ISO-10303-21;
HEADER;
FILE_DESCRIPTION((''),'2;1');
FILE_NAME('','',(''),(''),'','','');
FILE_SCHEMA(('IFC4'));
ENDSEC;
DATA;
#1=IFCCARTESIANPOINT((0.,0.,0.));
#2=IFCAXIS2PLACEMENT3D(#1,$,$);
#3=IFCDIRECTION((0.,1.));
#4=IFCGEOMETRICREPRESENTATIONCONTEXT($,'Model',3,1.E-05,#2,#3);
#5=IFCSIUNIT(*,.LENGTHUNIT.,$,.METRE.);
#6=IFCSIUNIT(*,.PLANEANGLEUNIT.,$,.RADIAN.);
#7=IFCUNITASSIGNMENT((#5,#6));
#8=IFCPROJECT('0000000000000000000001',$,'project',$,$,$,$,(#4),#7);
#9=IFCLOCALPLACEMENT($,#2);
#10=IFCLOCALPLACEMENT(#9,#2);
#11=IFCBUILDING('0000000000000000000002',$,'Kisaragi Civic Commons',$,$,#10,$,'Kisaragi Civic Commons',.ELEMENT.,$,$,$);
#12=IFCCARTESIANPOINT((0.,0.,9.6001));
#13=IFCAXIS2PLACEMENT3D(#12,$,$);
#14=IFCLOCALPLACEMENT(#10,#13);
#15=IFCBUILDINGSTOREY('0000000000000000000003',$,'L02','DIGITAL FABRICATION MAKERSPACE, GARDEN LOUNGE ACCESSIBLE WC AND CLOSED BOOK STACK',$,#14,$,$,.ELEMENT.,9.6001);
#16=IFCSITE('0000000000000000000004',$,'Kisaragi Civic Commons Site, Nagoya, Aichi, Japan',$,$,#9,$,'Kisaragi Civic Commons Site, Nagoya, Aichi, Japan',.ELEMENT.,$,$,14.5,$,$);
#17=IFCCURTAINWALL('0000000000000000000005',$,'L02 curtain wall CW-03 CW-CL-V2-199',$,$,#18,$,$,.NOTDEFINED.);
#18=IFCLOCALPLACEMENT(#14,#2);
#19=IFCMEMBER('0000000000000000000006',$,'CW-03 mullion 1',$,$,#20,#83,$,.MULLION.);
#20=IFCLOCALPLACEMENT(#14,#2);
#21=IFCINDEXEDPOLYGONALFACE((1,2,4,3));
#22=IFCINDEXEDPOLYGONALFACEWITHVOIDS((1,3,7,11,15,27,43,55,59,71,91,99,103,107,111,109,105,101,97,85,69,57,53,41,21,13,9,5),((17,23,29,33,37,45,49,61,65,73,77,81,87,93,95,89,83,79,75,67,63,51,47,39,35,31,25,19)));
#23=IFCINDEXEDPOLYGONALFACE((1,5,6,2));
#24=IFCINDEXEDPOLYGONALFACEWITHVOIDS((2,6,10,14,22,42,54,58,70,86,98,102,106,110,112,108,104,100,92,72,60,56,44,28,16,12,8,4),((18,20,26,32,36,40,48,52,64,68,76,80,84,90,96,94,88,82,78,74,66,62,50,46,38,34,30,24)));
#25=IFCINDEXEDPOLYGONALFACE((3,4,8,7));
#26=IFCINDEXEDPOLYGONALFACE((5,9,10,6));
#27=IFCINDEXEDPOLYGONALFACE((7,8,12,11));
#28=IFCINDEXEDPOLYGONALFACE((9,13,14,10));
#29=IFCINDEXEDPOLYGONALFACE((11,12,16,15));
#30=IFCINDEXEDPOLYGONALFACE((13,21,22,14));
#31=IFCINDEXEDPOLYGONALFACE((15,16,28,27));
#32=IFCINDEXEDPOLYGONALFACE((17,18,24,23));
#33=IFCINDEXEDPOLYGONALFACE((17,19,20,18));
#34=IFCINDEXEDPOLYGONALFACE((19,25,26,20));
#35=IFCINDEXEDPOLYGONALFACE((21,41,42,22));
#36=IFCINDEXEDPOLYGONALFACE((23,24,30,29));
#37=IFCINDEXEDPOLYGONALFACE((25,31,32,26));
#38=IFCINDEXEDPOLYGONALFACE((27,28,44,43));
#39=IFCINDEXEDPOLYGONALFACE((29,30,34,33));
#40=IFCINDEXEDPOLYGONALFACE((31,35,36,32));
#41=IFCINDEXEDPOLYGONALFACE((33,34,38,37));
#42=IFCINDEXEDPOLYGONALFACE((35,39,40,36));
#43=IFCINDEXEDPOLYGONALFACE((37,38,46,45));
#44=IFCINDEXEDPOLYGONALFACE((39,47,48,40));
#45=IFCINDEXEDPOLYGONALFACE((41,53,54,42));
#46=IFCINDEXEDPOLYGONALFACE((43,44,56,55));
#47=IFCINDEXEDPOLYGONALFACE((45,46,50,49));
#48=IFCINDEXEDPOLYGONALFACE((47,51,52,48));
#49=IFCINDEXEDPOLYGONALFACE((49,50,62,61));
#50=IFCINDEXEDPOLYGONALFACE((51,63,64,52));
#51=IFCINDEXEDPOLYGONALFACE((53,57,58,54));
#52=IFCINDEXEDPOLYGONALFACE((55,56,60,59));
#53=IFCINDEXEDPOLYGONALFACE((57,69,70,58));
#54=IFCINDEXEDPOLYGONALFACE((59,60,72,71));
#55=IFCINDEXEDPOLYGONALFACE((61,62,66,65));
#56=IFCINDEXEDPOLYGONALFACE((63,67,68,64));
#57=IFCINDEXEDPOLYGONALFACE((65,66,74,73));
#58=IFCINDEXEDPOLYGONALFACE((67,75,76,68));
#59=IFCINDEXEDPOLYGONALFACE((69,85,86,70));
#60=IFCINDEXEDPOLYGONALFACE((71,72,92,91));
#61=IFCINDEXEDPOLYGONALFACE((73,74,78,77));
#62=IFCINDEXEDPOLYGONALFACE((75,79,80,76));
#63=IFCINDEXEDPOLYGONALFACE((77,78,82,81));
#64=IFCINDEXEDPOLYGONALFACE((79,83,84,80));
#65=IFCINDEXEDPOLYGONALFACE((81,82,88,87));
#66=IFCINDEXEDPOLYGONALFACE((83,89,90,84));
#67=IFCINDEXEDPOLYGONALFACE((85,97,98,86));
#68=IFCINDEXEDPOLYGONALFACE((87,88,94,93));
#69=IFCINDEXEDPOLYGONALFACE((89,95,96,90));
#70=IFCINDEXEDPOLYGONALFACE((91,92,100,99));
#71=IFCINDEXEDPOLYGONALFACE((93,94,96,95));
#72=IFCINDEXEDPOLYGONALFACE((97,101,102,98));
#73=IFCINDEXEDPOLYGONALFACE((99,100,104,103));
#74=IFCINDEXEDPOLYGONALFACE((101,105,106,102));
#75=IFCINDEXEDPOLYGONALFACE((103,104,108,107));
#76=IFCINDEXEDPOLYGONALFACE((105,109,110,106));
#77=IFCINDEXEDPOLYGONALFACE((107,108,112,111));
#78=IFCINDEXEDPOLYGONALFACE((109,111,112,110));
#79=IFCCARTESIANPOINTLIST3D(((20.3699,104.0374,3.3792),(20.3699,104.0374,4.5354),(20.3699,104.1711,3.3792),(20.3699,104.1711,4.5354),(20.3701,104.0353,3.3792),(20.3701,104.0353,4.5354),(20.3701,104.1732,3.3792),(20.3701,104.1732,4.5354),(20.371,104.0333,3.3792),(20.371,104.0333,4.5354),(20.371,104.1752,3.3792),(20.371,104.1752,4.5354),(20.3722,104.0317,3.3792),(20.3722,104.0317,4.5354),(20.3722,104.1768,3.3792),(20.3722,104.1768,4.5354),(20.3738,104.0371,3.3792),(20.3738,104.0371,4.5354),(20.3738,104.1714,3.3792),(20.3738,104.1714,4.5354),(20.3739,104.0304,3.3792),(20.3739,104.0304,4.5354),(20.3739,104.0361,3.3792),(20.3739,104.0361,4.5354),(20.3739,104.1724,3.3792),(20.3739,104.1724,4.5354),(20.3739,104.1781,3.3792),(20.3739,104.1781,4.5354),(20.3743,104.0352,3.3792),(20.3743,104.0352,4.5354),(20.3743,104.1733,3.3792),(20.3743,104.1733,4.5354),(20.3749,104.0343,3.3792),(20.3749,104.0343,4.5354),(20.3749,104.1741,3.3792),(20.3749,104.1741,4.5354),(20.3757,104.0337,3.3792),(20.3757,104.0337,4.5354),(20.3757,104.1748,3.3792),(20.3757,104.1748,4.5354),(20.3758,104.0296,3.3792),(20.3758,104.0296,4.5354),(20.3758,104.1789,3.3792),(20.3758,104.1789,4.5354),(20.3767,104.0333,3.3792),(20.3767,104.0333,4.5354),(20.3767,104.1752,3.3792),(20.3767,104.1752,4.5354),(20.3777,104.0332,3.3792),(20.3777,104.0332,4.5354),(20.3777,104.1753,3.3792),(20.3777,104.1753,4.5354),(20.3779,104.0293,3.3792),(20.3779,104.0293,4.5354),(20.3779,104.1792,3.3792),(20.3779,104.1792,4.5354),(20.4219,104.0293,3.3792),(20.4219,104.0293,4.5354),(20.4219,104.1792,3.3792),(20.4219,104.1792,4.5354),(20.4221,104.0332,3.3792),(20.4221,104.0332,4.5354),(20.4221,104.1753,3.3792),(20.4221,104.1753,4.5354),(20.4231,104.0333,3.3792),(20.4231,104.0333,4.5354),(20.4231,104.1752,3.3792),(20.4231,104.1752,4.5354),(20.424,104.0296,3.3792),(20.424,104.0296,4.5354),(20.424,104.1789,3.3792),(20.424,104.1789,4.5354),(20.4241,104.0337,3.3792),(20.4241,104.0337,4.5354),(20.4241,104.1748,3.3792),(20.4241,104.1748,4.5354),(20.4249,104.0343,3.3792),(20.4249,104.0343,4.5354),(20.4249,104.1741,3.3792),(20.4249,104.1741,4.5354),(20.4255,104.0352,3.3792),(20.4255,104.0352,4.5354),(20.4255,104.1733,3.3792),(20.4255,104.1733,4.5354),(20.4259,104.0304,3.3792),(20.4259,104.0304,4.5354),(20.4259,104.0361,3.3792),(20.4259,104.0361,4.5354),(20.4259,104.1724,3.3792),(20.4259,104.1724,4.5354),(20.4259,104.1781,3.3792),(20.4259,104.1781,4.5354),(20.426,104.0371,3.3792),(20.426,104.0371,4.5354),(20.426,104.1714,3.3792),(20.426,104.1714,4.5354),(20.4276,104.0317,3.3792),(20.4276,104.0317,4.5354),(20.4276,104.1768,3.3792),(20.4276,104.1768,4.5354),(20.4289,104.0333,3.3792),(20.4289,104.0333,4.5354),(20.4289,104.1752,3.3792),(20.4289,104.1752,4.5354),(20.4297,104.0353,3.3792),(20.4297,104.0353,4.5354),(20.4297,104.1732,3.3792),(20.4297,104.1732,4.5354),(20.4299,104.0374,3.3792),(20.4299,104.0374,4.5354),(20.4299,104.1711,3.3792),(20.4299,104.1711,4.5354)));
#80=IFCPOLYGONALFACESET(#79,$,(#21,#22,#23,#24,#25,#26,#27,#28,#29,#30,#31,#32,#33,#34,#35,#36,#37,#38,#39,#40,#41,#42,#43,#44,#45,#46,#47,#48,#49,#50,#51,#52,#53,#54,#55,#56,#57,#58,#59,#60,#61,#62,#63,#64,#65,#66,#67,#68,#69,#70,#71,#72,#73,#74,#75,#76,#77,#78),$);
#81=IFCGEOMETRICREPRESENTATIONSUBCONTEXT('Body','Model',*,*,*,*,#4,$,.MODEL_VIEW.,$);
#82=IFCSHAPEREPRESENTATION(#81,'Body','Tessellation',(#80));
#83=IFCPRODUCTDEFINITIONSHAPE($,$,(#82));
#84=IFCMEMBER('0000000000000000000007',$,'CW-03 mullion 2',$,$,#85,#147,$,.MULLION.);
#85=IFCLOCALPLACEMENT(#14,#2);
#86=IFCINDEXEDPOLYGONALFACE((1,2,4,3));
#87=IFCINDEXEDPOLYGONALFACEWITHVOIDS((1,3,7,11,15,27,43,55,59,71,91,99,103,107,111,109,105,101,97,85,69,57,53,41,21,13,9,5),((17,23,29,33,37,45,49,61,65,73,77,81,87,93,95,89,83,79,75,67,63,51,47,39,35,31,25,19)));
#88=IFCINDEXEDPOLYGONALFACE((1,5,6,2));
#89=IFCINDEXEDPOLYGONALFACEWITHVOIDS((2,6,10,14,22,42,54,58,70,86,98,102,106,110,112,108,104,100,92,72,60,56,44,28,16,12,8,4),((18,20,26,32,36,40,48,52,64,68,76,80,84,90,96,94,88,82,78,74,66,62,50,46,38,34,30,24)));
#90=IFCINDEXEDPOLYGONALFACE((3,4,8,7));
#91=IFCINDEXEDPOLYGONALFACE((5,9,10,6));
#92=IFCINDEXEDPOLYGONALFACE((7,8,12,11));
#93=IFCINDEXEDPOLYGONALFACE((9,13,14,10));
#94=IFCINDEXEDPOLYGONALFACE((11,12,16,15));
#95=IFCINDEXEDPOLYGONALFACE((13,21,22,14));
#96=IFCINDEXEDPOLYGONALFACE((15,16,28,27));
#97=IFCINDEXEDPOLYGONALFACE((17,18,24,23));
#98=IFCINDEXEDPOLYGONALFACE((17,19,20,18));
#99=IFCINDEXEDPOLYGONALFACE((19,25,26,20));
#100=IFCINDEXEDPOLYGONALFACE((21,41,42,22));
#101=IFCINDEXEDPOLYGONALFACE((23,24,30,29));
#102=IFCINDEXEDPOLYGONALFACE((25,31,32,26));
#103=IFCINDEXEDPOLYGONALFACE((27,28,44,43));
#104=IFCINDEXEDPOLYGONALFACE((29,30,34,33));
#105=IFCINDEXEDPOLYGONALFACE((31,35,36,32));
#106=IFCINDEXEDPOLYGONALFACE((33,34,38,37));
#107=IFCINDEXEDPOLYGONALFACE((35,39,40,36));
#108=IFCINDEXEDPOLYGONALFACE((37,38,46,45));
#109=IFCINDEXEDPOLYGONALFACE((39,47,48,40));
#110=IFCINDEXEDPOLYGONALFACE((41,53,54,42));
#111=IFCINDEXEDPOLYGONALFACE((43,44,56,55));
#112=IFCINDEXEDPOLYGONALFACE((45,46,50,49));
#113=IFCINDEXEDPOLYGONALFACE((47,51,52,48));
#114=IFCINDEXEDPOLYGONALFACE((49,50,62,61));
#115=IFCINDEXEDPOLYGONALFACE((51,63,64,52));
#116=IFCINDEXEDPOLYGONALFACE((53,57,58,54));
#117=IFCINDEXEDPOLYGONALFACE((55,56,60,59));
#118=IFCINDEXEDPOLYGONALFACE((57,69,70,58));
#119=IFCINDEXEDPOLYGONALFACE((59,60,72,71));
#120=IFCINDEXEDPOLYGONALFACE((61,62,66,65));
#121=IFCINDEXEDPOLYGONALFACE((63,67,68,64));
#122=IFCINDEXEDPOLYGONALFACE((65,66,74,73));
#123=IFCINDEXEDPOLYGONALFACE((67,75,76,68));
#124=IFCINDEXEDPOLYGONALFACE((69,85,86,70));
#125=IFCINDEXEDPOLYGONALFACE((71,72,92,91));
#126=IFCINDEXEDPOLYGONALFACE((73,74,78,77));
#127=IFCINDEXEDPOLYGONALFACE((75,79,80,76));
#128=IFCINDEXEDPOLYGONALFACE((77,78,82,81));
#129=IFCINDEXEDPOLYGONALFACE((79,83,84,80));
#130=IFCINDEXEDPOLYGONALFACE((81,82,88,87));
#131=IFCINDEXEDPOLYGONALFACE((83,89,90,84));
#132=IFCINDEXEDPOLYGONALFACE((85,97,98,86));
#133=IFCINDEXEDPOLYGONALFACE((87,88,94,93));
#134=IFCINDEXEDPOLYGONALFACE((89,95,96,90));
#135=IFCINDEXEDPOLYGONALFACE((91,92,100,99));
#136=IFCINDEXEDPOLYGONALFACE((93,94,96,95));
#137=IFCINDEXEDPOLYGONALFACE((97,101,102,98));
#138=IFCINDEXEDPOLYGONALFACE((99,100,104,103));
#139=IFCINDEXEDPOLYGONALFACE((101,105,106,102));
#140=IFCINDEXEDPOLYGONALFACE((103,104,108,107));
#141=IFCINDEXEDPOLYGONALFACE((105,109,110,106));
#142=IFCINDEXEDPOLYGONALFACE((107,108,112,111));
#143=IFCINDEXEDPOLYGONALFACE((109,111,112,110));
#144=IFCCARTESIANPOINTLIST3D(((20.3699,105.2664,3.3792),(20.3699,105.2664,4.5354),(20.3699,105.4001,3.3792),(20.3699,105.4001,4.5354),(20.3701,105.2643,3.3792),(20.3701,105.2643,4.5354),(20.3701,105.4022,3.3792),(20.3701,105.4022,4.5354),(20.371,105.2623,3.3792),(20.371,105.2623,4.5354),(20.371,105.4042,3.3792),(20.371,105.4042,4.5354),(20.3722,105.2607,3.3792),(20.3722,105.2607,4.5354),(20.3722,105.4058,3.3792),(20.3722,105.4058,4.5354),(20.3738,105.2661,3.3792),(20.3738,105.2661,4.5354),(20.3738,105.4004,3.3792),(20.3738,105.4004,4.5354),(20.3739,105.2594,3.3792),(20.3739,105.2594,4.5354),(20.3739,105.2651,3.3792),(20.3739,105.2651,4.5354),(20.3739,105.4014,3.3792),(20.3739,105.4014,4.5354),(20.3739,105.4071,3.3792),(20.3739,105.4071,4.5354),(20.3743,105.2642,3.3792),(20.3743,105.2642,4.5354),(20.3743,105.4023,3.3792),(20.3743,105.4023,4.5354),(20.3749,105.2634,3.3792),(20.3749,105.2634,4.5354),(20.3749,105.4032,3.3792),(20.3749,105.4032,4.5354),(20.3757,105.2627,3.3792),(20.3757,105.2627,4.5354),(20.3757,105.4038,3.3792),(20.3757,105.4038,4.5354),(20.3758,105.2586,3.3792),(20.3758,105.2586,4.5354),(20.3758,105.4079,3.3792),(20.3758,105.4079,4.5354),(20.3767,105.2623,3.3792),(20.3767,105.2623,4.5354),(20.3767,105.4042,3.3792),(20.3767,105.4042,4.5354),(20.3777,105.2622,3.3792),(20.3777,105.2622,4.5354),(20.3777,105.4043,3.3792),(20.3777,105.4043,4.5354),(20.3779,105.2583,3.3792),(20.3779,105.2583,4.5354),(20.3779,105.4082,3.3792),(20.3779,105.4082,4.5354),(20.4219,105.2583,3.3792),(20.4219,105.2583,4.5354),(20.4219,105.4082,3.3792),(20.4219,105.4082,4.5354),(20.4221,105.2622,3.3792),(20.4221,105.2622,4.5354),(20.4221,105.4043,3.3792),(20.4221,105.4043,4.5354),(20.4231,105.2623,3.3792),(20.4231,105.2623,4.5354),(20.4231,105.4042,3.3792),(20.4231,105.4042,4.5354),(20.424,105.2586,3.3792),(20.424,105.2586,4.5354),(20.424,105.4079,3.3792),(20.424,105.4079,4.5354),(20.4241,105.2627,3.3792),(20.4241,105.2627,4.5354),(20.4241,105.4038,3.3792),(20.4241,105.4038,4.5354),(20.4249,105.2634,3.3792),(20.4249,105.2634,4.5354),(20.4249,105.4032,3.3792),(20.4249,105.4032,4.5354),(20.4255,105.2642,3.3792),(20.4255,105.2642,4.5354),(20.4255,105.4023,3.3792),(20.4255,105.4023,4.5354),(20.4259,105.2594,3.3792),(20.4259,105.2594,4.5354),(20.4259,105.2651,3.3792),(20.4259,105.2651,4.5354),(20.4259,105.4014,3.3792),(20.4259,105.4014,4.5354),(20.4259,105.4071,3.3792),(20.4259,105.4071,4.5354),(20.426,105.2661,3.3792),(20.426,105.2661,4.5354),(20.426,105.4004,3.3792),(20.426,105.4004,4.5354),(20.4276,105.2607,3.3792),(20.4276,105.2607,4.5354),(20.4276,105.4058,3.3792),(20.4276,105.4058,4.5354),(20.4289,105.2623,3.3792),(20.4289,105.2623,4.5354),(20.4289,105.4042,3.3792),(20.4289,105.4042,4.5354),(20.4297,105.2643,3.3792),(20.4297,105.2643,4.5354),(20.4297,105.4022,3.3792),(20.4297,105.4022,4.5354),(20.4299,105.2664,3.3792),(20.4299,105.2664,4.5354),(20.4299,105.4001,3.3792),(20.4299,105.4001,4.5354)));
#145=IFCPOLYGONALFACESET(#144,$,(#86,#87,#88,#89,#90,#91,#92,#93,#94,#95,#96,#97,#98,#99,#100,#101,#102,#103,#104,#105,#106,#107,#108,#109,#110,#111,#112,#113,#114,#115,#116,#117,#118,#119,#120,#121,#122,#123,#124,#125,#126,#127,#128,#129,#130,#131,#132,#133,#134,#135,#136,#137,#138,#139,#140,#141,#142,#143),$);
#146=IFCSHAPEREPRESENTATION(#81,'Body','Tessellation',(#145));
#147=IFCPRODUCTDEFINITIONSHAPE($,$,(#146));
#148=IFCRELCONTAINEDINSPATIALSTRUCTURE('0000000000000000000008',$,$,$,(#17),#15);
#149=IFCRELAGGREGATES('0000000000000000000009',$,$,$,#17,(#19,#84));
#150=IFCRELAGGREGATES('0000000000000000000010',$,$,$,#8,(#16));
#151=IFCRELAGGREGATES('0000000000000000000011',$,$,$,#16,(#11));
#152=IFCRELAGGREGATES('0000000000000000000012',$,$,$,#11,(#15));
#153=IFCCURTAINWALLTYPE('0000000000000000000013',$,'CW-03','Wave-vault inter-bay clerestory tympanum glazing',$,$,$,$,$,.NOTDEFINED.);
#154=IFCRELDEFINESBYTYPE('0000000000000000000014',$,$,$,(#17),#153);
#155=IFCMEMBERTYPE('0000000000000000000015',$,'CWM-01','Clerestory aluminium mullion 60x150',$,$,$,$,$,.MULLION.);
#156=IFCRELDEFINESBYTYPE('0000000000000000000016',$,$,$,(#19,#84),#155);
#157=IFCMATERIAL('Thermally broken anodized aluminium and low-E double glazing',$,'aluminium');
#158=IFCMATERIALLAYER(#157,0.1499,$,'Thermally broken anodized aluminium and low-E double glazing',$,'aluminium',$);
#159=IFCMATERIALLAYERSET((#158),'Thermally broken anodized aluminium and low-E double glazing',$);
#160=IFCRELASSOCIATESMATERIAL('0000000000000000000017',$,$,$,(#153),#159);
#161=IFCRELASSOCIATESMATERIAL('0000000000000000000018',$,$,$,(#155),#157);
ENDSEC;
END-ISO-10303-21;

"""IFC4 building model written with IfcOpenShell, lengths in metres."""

from ifc_helpers import new_model, si_unit, direction, frame, origin, origin_2d, place, context, subcontext, project, spatial, hollow_rectangle, extrude, material, layer, layer_set, material_profile, profile_set, type_object, element, aggregate, save


model = new_model("IFC4")

# Units and contexts
model_context = context("Model", 3, precision=1e-05, world=origin(), true_north=direction((0.0, 1.0)))
body_context = subcontext(model_context, "Body", "Model", "MODEL_VIEW")
ifc_project = project(units=[si_unit("LENGTHUNIT", "METRE"), si_unit("PLANEANGLEUNIT", "RADIAN")], contexts=[model_context])

# Site, building, storey
site_placement = place(None, origin())
site = spatial("IfcSite", under=ifc_project, at=site_placement, Name="Kisaragi Civic Commons Site, Nagoya, Aichi, Japan", LongName="Kisaragi Civic Commons Site, Nagoya, Aichi, Japan", CompositionType="ELEMENT", RefElevation=14.5)
building_placement = place(site_placement, origin())
building = spatial("IfcBuilding", under=site, at=building_placement, Name="Kisaragi Civic Commons", LongName="Kisaragi Civic Commons", CompositionType="ELEMENT")
storey_placement = place(building_placement, frame((0.0, 0.0, 9.6001)))
storey = spatial("IfcBuildingStorey", under=building, at=storey_placement, Name="L02", Description="DIGITAL FABRICATION MAKERSPACE, GARDEN LOUNGE ACCESSIBLE WC AND CLOSED BOOK STACK", CompositionType="ELEMENT", Elevation=9.6001)

# Curtain wall, members
ifc_material_1 = material(Name="Thermally broken anodized aluminium and low-E double glazing", Category="aluminium")
ifc_layer_1 = layer(ifc_material_1, 0.1499, Name="Thermally broken anodized aluminium and low-E double glazing", Category="aluminium")
ifc_layer_set_1 = layer_set([ifc_layer_1], Name="Thermally broken anodized aluminium and low-E double glazing")
curtain_wall_type = type_object("IfcCurtainWallType", Name="CW-03", Description="Wave-vault inter-bay clerestory tympanum glazing", PredefinedType="NOTDEFINED", material=ifc_layer_set_1)
ifc_material_profile_1 = material_profile(ifc_material_1, hollow_rectangle(XDim=0.0601, YDim=0.1499, WallThickness=0.0039, InnerFilletRadius=0.0039, OuterFilletRadius=0.0081, at=origin_2d()), Name="CWM-60x150x4", Category="aluminium")
ifc_profile_set_1 = profile_set([ifc_material_profile_1], Name="Thermally broken anodized aluminium and low-E double glazing")
member_type_1 = type_object("IfcMemberType", Name="CWM-01", Description="Clerestory aluminium mullion 60x150", PredefinedType="MULLION", material=ifc_profile_set_1)
curtain_wall_1_placement = place(storey_placement, origin())
curtain_wall_1 = element("IfcCurtainWall", 1, at=curtain_wall_1_placement, inside=storey, type_object=curtain_wall_type, Name="L02 curtain wall CW-03 CW-CL-V2-199", PredefinedType="NOTDEFINED")
member_1_placement = place(storey_placement, frame((20.3999, 104.1042, 3.3792), z_axis=(0.0, 0.0, 1.0), x_axis=(-1.0, 0.0, 0.0)))
member_1 = element("IfcMember", 2, at=member_1_placement, type_object=member_type_1, Name="CW-03 mullion 1", PredefinedType="MULLION", context=body_context, shape_type="SweptSolid", body=[
    extrude(hollow_rectangle(XDim=0.0601, YDim=0.1499, WallThickness=0.0039, InnerFilletRadius=0.0039, OuterFilletRadius=0.0081, at=origin_2d()), origin(), (0.0, 0.0, 1.0), 1.1562),
])
member_2_placement = place(storey_placement, frame((20.3999, 105.3333, 3.3792), z_axis=(0.0, 0.0, 1.0), x_axis=(-1.0, 0.0, 0.0)))
member_2 = element("IfcMember", 3, at=member_2_placement, type_object=member_type_1, Name="CW-03 mullion 2", PredefinedType="MULLION", context=body_context, shape_type="SweptSolid", body=[
    extrude(hollow_rectangle(XDim=0.0601, YDim=0.1499, WallThickness=0.0039, InnerFilletRadius=0.0039, OuterFilletRadius=0.0081, at=origin_2d()), origin(), (0.0, 0.0, 1.0), 1.1562),
])

aggregate(curtain_wall_1, [member_1, member_2])

save(model, "model.ifc")
